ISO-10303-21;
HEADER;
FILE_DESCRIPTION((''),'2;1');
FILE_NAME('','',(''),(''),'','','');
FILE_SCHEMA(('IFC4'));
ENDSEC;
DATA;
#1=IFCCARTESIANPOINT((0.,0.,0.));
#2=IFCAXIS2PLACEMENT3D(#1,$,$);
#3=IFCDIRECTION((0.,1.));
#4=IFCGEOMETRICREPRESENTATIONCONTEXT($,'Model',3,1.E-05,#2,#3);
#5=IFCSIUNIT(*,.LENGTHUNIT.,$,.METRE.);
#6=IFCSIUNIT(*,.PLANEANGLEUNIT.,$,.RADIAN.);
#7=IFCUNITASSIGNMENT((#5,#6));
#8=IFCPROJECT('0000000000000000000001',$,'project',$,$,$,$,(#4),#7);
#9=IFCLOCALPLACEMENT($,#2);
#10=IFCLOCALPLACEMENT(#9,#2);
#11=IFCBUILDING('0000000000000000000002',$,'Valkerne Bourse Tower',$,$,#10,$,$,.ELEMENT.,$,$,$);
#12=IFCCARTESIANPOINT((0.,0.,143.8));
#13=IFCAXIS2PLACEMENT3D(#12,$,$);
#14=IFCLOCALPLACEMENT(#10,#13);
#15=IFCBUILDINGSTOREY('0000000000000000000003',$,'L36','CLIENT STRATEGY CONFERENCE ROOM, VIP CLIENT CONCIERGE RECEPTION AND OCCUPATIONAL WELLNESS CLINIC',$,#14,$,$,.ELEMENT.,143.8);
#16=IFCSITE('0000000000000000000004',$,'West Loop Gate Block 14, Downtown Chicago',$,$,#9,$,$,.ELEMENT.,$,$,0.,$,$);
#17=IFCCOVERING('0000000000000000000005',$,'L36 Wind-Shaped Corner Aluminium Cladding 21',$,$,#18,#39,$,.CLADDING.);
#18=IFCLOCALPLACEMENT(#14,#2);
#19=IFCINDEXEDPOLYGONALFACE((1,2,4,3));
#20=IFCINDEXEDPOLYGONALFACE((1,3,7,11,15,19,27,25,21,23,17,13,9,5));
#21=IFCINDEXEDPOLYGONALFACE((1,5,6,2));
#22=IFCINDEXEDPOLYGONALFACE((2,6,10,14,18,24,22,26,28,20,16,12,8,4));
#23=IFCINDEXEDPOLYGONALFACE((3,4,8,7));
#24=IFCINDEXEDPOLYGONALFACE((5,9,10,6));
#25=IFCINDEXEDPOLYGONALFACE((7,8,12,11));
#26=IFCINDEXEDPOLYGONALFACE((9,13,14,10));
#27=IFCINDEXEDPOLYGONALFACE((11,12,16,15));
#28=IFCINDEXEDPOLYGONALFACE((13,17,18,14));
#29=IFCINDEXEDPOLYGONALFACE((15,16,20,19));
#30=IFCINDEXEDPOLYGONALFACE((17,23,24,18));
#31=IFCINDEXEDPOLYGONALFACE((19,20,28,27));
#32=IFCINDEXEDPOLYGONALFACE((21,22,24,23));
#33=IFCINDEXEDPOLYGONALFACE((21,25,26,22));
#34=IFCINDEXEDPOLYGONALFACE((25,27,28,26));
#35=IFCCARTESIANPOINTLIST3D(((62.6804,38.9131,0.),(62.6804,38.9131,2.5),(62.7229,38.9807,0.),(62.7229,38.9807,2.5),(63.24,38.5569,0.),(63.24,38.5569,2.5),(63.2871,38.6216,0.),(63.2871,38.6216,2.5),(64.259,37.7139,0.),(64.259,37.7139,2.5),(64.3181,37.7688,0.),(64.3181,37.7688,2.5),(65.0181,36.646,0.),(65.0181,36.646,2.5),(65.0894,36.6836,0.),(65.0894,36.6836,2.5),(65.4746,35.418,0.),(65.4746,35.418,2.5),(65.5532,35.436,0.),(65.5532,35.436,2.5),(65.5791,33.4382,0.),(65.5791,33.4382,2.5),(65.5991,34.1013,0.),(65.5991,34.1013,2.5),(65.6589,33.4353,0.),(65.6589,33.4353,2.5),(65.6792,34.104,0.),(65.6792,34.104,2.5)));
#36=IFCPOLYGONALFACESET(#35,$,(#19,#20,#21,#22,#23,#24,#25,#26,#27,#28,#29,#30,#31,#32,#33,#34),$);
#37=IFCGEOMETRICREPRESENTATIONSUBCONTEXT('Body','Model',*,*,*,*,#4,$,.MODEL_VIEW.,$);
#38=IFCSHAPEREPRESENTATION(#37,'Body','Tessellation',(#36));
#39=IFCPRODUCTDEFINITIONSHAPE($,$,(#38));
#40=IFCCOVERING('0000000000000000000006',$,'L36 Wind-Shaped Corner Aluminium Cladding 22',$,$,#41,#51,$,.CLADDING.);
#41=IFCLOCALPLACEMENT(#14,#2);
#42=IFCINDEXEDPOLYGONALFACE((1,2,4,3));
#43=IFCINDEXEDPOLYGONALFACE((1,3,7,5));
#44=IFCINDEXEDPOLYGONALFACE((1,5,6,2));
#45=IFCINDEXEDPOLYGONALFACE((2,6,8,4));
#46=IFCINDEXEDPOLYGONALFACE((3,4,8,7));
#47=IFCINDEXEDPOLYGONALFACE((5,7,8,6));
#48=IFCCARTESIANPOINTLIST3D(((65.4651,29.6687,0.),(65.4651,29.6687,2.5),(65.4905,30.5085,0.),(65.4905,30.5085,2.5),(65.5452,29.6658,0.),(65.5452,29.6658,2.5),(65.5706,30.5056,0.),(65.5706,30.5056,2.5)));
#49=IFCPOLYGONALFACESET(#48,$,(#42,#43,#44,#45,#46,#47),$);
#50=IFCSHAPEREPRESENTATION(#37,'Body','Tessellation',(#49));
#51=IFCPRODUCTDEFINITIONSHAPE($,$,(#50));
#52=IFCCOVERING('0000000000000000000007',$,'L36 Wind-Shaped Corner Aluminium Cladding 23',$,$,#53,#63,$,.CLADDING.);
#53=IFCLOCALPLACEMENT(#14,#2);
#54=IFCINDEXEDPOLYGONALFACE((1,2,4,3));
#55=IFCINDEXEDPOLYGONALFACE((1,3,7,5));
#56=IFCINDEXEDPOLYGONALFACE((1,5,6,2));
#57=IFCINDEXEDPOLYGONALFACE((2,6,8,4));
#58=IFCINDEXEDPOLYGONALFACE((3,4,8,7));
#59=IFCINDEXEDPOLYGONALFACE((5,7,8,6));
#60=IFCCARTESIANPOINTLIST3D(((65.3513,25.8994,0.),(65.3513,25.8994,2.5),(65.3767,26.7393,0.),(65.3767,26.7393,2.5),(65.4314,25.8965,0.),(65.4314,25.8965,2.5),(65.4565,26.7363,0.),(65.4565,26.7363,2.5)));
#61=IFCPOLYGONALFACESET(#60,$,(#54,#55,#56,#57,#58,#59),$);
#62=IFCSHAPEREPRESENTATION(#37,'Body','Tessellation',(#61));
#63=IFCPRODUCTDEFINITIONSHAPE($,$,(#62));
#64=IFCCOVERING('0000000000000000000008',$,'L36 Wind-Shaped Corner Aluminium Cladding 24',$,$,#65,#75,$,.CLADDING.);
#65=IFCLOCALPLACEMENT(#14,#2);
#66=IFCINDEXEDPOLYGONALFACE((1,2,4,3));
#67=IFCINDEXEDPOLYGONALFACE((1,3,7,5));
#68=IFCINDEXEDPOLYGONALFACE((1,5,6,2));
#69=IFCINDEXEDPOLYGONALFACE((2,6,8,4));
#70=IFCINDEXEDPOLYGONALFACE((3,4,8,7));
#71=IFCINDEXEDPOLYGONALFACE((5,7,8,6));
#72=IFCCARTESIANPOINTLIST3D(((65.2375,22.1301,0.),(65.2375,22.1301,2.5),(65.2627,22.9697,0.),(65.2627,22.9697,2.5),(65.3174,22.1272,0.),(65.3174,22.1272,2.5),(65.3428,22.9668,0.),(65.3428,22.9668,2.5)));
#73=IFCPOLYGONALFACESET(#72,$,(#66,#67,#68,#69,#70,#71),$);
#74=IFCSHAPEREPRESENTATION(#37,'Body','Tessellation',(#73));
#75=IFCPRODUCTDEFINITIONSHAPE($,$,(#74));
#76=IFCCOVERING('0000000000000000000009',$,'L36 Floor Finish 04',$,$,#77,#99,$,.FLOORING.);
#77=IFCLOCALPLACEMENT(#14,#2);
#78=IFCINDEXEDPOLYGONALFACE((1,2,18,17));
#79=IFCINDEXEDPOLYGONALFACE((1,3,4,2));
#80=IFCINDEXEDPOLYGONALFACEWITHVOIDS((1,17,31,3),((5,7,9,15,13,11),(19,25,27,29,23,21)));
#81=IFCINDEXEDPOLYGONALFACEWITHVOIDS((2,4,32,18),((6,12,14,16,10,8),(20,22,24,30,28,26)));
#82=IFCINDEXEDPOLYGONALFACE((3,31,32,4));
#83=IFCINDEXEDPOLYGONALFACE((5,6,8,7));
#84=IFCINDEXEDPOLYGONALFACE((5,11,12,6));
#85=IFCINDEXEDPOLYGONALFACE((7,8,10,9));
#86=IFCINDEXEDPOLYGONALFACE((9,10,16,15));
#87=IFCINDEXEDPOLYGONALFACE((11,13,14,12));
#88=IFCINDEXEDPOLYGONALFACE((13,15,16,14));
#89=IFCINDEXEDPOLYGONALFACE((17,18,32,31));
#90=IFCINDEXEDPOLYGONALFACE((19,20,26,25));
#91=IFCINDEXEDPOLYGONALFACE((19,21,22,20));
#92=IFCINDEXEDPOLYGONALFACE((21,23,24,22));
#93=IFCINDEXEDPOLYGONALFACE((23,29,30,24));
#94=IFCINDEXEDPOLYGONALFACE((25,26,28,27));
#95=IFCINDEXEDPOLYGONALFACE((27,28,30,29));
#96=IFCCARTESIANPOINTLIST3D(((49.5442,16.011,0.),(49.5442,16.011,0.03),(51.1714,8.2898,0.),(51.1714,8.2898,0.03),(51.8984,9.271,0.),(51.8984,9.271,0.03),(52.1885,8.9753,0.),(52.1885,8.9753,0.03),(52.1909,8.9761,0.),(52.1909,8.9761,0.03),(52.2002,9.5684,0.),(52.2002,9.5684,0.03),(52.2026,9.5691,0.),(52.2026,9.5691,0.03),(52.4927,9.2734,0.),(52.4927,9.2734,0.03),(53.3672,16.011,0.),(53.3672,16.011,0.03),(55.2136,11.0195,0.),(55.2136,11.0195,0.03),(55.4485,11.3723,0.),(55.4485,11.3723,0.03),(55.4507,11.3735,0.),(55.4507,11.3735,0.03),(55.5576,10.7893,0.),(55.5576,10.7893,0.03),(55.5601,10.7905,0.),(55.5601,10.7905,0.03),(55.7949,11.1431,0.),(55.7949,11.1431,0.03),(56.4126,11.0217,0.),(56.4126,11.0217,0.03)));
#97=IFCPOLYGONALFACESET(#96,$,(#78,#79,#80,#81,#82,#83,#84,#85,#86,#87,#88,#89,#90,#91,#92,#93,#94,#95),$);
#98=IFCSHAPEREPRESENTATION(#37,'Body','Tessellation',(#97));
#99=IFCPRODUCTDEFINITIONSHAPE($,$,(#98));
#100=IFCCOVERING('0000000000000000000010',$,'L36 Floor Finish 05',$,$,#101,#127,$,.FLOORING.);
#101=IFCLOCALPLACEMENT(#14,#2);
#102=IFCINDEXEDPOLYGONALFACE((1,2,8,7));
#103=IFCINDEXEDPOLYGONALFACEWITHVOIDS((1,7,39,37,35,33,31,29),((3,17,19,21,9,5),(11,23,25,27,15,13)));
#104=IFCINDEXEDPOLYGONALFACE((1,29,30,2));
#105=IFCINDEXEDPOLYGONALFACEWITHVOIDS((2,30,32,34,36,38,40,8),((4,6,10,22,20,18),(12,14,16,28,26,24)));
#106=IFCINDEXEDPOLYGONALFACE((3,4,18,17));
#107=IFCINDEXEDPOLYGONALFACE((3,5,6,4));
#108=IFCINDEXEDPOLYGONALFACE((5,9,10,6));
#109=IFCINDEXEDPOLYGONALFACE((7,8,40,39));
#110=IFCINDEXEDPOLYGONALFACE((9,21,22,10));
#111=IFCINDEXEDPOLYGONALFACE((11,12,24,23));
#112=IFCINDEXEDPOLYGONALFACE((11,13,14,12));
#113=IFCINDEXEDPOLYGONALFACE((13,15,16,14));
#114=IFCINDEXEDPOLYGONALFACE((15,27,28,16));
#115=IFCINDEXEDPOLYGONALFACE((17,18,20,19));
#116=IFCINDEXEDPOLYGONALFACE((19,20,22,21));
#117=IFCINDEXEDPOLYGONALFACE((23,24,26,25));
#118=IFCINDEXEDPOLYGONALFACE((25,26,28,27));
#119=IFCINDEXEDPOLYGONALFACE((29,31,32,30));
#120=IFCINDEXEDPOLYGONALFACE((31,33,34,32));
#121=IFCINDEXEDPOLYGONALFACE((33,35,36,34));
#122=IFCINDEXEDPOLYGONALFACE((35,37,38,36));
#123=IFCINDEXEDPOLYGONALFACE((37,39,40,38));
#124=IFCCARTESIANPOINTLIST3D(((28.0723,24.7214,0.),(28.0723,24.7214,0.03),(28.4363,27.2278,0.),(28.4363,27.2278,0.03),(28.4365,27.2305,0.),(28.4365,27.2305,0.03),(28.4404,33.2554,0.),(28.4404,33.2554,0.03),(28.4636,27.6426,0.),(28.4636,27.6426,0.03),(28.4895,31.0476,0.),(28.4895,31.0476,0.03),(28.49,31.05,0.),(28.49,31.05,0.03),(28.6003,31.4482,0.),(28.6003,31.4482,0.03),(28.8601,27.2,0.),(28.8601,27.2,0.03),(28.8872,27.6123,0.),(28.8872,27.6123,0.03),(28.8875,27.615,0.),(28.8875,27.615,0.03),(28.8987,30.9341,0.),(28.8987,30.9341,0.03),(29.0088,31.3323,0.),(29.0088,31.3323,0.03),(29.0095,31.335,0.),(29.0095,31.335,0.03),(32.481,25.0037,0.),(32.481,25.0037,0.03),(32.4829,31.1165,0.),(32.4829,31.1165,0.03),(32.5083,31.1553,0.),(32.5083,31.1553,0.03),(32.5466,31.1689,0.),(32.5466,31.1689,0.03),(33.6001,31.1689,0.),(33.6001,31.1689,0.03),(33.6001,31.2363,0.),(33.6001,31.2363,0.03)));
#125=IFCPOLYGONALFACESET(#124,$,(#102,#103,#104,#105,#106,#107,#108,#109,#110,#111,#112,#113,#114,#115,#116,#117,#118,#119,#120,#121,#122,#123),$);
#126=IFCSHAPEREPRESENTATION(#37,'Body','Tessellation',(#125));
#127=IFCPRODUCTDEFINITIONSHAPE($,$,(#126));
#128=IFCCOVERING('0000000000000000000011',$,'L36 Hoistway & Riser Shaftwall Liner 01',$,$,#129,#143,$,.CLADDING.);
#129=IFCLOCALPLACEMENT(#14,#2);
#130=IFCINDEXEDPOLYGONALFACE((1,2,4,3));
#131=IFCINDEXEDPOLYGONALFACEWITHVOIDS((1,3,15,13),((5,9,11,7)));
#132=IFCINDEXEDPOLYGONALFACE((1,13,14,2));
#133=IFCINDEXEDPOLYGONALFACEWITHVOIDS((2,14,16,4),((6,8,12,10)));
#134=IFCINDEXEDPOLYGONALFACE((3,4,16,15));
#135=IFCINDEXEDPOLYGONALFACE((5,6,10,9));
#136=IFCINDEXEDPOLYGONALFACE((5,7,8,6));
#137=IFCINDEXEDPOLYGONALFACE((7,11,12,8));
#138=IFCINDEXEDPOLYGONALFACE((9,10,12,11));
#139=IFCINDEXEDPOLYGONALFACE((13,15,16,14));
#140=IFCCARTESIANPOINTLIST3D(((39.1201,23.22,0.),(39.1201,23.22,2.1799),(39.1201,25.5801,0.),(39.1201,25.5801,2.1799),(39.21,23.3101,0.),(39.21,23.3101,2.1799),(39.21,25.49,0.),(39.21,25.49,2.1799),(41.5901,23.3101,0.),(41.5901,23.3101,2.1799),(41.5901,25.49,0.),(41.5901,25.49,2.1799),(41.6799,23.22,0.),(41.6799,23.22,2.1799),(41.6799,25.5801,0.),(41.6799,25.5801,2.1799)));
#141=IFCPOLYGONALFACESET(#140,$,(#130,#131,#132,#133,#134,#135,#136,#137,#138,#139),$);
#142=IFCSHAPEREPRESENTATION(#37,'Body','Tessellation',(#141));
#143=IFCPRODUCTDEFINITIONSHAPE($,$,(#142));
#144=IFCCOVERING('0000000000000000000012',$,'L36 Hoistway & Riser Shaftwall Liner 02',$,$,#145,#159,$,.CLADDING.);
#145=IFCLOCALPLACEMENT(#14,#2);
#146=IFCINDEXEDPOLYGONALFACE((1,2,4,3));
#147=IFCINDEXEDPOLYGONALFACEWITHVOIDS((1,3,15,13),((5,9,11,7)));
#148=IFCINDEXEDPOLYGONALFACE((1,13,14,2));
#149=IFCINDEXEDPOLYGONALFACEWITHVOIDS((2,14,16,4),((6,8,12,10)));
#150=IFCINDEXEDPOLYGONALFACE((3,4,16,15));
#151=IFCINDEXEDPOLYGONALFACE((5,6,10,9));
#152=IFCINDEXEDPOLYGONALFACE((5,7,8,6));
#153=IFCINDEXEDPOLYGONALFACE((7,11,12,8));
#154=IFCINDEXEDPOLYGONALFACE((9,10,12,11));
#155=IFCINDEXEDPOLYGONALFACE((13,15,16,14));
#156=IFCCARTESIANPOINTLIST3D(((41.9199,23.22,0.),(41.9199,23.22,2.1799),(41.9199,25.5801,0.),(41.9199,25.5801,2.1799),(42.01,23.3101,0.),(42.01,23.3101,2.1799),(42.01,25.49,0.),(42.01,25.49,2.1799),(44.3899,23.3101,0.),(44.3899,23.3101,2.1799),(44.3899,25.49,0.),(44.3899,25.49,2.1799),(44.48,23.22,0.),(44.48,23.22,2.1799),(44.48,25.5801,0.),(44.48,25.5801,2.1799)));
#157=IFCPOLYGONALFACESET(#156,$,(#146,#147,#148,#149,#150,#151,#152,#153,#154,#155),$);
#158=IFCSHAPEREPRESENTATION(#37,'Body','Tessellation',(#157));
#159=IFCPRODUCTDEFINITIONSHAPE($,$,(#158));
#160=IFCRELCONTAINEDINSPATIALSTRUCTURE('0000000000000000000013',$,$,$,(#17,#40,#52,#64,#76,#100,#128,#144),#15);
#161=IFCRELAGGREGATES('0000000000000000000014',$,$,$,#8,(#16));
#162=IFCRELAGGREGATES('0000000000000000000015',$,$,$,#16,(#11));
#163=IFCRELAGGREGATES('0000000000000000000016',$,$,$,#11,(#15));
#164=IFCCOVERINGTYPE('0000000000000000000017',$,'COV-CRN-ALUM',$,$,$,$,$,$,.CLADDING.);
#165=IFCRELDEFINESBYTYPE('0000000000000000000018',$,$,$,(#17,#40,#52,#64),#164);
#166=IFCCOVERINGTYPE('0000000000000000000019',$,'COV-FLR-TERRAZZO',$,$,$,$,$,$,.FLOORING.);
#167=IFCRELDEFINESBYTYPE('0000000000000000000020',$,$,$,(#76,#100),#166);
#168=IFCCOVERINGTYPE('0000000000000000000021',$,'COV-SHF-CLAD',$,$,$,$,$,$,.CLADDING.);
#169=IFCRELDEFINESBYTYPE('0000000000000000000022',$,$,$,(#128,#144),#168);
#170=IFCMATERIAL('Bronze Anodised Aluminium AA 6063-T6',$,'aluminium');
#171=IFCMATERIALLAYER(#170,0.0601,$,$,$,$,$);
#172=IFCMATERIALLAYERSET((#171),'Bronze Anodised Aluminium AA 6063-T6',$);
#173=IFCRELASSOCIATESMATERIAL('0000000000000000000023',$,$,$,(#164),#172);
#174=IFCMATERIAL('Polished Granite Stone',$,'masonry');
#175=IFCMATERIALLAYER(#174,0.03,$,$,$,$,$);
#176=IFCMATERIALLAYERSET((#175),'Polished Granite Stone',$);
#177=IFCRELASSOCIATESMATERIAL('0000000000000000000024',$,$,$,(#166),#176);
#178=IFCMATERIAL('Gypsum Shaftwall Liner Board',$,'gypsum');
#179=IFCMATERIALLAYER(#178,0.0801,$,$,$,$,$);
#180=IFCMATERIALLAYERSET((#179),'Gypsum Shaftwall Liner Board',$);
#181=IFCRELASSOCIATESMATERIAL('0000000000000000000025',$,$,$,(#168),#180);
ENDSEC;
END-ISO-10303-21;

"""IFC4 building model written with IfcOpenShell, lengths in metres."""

from ifc_helpers import new_model, si_unit, direction, frame, origin, place, context, subcontext, project, spatial, polyline, outline, extrude, material, layer, layer_set, type_object, element, save


model = new_model("IFC4")

# Units and contexts
model_context = context("Model", 3, precision=1e-05, world=origin(), true_north=direction((0.0, 1.0)))
body_context = subcontext(model_context, "Body", "Model", "MODEL_VIEW")
ifc_project = project(units=[si_unit("LENGTHUNIT", "METRE"), si_unit("PLANEANGLEUNIT", "RADIAN")], contexts=[model_context])

# Site, building, storey
site_placement = place(None, origin())
site = spatial("IfcSite", under=ifc_project, at=site_placement, Name="West Loop Gate Block 14, Downtown Chicago", CompositionType="ELEMENT", RefElevation=0.0)
building_placement = place(site_placement, origin())
building = spatial("IfcBuilding", under=site, at=building_placement, Name="Valkerne Bourse Tower", CompositionType="ELEMENT")
storey_placement = place(building_placement, frame((0.0, 0.0, 143.8)))
storey = spatial("IfcBuildingStorey", under=building, at=storey_placement, Name="L36", Description="CLIENT STRATEGY CONFERENCE ROOM, VIP CLIENT CONCIERGE RECEPTION AND OCCUPATIONAL WELLNESS CLINIC", CompositionType="ELEMENT", Elevation=143.8)

# Coverings
ifc_material_1 = material(Name="Bronze Anodised Aluminium AA 6063-T6", Category="aluminium")
ifc_layer_1 = layer(ifc_material_1, 0.0601)
ifc_layer_set_1 = layer_set([ifc_layer_1], Name="Bronze Anodised Aluminium AA 6063-T6")
covering_type_1 = type_object("IfcCoveringType", Name="COV-CRN-ALUM", PredefinedType="CLADDING", material=ifc_layer_set_1)
covering_1_placement = place(storey_placement, origin())
element("IfcCovering", 1, at=covering_1_placement, inside=storey, type_object=covering_type_1, Name="L36 Wind-Shaped Corner Aluminium Cladding 21", PredefinedType="CLADDING", context=body_context, shape_type="SweptSolid", body=[
    extrude(outline(polyline([(63.2871, 38.6216), (64.3181, 37.7688), (65.0894, 36.6836), (65.5532, 35.436), (65.6792, 34.104), (65.6589, 33.4353), (65.5791, 33.4382), (65.5991, 34.1013), (65.4746, 35.418), (65.0181, 36.646), (64.259, 37.7139), (63.24, 38.5569), (62.6804, 38.9131), (62.7229, 38.9807), (63.2871, 38.6216)])), origin(), (0.0, 0.0, 1.0), 2.5),
])
covering_2_placement = place(storey_placement, origin())
element("IfcCovering", 2, at=covering_2_placement, inside=storey, type_object=covering_type_1, Name="L36 Wind-Shaped Corner Aluminium Cladding 22", PredefinedType="CLADDING", context=body_context, shape_type="SweptSolid", body=[
    extrude(outline(polyline([(65.5452, 29.6658), (65.4651, 29.6687), (65.4905, 30.5085), (65.5706, 30.5056), (65.5452, 29.6658)])), origin(), (0.0, 0.0, 1.0), 2.5),
])
covering_3_placement = place(storey_placement, origin())
element("IfcCovering", 3, at=covering_3_placement, inside=storey, type_object=covering_type_1, Name="L36 Wind-Shaped Corner Aluminium Cladding 23", PredefinedType="CLADDING", context=body_context, shape_type="SweptSolid", body=[
    extrude(outline(polyline([(65.4314, 25.8965), (65.3513, 25.8994), (65.3767, 26.7393), (65.4565, 26.7363), (65.4314, 25.8965)])), origin(), (0.0, 0.0, 1.0), 2.5),
])
covering_4_placement = place(storey_placement, origin())
element("IfcCovering", 4, at=covering_4_placement, inside=storey, type_object=covering_type_1, Name="L36 Wind-Shaped Corner Aluminium Cladding 24", PredefinedType="CLADDING", context=body_context, shape_type="SweptSolid", body=[
    extrude(outline(polyline([(65.3174, 22.1272), (65.2375, 22.1301), (65.2627, 22.9697), (65.3428, 22.9668), (65.3174, 22.1272)])), origin(), (0.0, 0.0, 1.0), 2.5),
])
ifc_material_2 = material(Name="Polished Granite Stone", Category="masonry")
ifc_layer_2 = layer(ifc_material_2, 0.03)
ifc_layer_set_2 = layer_set([ifc_layer_2], Name="Polished Granite Stone")
covering_type_2 = type_object("IfcCoveringType", Name="COV-FLR-TERRAZZO", PredefinedType="FLOORING", material=ifc_layer_set_2)
covering_5_placement = place(storey_placement, origin())
element("IfcCovering", 5, at=covering_5_placement, inside=storey, type_object=covering_type_2, Name="L36 Floor Finish 04", PredefinedType="FLOORING", context=body_context, shape_type="SweptSolid", body=[
    extrude(outline(polyline([(53.3672, 16.011), (56.4126, 11.0217), (51.1714, 8.2898), (49.5442, 16.011), (53.3672, 16.011)]), holes=[polyline([(52.4927, 9.2734), (52.2026, 9.5691), (52.2002, 9.5684), (51.8984, 9.271), (52.1885, 8.9753), (52.1909, 8.9761), (52.4927, 9.2734)]), polyline([(55.5601, 10.7905), (55.7949, 11.1431), (55.4507, 11.3735), (55.4485, 11.3723), (55.2136, 11.0195), (55.5576, 10.7893), (55.5601, 10.7905)])]), origin(), (0.0, 0.0, 1.0), 0.03),
])
covering_6_placement = place(storey_placement, origin())
element("IfcCovering", 6, at=covering_6_placement, inside=storey, type_object=covering_type_2, Name="L36 Floor Finish 05", PredefinedType="FLOORING", context=body_context, shape_type="SweptSolid", body=[
    extrude(outline(polyline([(32.5466, 31.1689), (32.5083, 31.1553), (32.4829, 31.1165), (32.481, 25.0037), (28.0723, 24.7214), (28.4404, 33.2554), (33.6001, 31.2363), (33.6001, 31.1689), (32.5466, 31.1689)]), holes=[polyline([(28.8875, 27.615), (28.4636, 27.6426), (28.4365, 27.2305), (28.4363, 27.2278), (28.8601, 27.2), (28.8872, 27.6123), (28.8875, 27.615)]), polyline([(29.0088, 31.3323), (29.0095, 31.335), (28.6003, 31.4482), (28.49, 31.05), (28.4895, 31.0476), (28.8987, 30.9341), (29.0088, 31.3323)])]), origin(), (0.0, 0.0, 1.0), 0.03),
])
ifc_material_3 = material(Name="Gypsum Shaftwall Liner Board", Category="gypsum")
ifc_layer_3 = layer(ifc_material_3, 0.0801)
ifc_layer_set_3 = layer_set([ifc_layer_3], Name="Gypsum Shaftwall Liner Board")
covering_type_3 = type_object("IfcCoveringType", Name="COV-SHF-CLAD", PredefinedType="CLADDING", material=ifc_layer_set_3)
covering_7_placement = place(storey_placement, origin())
element("IfcCovering", 7, at=covering_7_placement, inside=storey, type_object=covering_type_3, Name="L36 Hoistway & Riser Shaftwall Liner 01", PredefinedType="CLADDING", context=body_context, shape_type="SweptSolid", body=[
    extrude(outline(polyline([(41.6799, 25.5801), (41.6799, 23.22), (39.1201, 23.22), (39.1201, 25.5801), (41.6799, 25.5801)]), holes=[polyline([(41.5901, 25.49), (39.21, 25.49), (39.21, 23.3101), (41.5901, 23.3101), (41.5901, 25.49)])]), origin(), (0.0, 0.0, 1.0), 2.1799),
])
covering_8_placement = place(storey_placement, origin())
element("IfcCovering", 8, at=covering_8_placement, inside=storey, type_object=covering_type_3, Name="L36 Hoistway & Riser Shaftwall Liner 02", PredefinedType="CLADDING", context=body_context, shape_type="SweptSolid", body=[
    extrude(outline(polyline([(44.48, 23.22), (41.9199, 23.22), (41.9199, 25.5801), (44.48, 25.5801), (44.48, 23.22)]), holes=[polyline([(42.01, 25.49), (42.01, 23.3101), (44.3899, 23.3101), (44.3899, 25.49), (42.01, 25.49)])]), origin(), (0.0, 0.0, 1.0), 2.1799),
])

save(model, "model.ifc")
